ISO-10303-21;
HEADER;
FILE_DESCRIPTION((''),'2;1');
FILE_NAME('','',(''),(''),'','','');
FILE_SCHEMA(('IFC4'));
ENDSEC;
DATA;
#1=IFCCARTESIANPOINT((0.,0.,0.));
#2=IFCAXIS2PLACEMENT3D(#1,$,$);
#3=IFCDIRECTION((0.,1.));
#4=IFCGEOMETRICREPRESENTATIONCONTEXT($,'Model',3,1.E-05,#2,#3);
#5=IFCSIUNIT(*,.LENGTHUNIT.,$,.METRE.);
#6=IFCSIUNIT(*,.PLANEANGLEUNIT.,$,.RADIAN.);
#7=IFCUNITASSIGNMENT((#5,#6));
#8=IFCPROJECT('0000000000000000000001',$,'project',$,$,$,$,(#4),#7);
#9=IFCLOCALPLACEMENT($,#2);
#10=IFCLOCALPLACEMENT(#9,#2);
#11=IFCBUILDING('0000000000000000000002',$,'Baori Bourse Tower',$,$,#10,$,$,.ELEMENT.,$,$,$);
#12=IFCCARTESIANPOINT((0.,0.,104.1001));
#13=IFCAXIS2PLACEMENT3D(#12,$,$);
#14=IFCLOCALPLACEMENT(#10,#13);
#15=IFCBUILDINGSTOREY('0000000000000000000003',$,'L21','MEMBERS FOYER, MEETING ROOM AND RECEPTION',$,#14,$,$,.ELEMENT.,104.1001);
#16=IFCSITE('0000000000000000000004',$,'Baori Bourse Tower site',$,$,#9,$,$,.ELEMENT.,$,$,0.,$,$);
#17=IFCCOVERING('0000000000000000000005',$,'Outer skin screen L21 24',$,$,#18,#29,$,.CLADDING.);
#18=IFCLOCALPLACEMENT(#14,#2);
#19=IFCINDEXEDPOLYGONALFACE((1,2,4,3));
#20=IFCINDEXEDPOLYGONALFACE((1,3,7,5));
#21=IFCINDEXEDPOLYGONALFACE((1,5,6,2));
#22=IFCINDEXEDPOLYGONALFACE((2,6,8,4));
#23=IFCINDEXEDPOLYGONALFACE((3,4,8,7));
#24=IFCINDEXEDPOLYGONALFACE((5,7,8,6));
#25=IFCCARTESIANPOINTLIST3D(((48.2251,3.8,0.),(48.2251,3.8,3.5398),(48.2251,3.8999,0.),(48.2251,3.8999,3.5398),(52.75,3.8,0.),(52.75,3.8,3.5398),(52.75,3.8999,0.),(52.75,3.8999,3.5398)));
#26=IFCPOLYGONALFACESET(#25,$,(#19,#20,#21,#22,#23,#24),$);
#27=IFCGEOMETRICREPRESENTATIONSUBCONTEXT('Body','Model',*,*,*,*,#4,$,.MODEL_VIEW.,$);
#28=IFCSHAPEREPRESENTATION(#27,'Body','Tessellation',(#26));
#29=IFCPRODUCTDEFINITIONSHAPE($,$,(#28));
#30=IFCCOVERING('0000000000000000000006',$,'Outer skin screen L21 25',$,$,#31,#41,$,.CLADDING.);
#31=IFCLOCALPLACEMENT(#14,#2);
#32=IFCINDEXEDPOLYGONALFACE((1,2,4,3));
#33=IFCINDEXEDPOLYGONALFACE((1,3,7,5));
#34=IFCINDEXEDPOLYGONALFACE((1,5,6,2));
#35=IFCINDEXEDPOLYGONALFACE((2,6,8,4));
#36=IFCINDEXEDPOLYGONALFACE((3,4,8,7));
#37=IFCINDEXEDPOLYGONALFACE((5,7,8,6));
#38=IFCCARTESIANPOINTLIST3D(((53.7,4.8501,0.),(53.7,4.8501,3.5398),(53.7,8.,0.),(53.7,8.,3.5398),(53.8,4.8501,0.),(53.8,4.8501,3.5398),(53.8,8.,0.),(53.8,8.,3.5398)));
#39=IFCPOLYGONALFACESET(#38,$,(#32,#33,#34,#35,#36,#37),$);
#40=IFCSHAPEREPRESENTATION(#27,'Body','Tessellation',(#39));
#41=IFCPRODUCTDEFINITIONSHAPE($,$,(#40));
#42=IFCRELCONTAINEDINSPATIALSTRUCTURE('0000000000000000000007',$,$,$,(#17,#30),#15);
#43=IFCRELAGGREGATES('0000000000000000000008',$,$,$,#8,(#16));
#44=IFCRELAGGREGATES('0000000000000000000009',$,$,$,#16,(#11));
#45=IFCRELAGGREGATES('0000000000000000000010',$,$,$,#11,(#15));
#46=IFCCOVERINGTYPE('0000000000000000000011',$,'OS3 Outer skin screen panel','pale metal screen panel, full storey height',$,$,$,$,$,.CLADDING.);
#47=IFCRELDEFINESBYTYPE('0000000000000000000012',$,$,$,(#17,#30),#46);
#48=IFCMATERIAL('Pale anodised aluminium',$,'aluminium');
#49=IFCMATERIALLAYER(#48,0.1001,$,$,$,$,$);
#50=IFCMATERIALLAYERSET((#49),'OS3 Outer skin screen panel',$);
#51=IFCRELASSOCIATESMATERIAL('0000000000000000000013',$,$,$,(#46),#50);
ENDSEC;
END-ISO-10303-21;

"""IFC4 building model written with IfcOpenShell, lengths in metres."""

from ifc_helpers import new_model, si_unit, direction, frame, origin, place, context, subcontext, project, spatial, polyline, outline, extrude, material, layer, layer_set, type_object, element, save


model = new_model("IFC4")

# Units and contexts
model_context = context("Model", 3, precision=1e-05, world=origin(), true_north=direction((0.0, 1.0)))
body_context = subcontext(model_context, "Body", "Model", "MODEL_VIEW")
ifc_project = project(units=[si_unit("LENGTHUNIT", "METRE"), si_unit("PLANEANGLEUNIT", "RADIAN")], contexts=[model_context])

# Site, building, storey
site_placement = place(None, origin())
site = spatial("IfcSite", under=ifc_project, at=site_placement, Name="Baori Bourse Tower site", CompositionType="ELEMENT", RefElevation=0.0)
building_placement = place(site_placement, origin())
building = spatial("IfcBuilding", under=site, at=building_placement, Name="Baori Bourse Tower", CompositionType="ELEMENT")
storey_placement = place(building_placement, frame((0.0, 0.0, 104.1001)))
storey = spatial("IfcBuildingStorey", under=building, at=storey_placement, Name="L21", Description="MEMBERS FOYER, MEETING ROOM AND RECEPTION", CompositionType="ELEMENT", Elevation=104.1001)

# Coverings
ifc_material_1 = material(Name="Pale anodised aluminium", Category="aluminium")
ifc_layer = layer(ifc_material_1, 0.1001)
ifc_layer_set = layer_set([ifc_layer], Name="OS3 Outer skin screen panel")
covering_type_1 = type_object("IfcCoveringType", Name="OS3 Outer skin screen panel", Description="pale metal screen panel, full storey height", PredefinedType="CLADDING", material=ifc_layer_set)
covering_1_placement = place(storey_placement, origin())
element("IfcCovering", 1, at=covering_1_placement, inside=storey, type_object=covering_type_1, Name="Outer skin screen L21 24", PredefinedType="CLADDING", context=body_context, shape_type="SweptSolid", body=[
    extrude(outline(polyline([(52.75, 3.8999), (48.2251, 3.8999), (48.2251, 3.8), (52.75, 3.8), (52.75, 3.8999)])), origin(), (0.0, 0.0, 1.0), 3.5398),
])
covering_2_placement = place(storey_placement, origin())
element("IfcCovering", 2, at=covering_2_placement, inside=storey, type_object=covering_type_1, Name="Outer skin screen L21 25", PredefinedType="CLADDING", context=body_context, shape_type="SweptSolid", body=[
    extrude(outline(polyline([(53.7, 8.0), (53.7, 4.8501), (53.8, 4.8501), (53.8, 8.0), (53.7, 8.0)])), origin(), (0.0, 0.0, 1.0), 3.5398),
])

save(model, "model.ifc")
